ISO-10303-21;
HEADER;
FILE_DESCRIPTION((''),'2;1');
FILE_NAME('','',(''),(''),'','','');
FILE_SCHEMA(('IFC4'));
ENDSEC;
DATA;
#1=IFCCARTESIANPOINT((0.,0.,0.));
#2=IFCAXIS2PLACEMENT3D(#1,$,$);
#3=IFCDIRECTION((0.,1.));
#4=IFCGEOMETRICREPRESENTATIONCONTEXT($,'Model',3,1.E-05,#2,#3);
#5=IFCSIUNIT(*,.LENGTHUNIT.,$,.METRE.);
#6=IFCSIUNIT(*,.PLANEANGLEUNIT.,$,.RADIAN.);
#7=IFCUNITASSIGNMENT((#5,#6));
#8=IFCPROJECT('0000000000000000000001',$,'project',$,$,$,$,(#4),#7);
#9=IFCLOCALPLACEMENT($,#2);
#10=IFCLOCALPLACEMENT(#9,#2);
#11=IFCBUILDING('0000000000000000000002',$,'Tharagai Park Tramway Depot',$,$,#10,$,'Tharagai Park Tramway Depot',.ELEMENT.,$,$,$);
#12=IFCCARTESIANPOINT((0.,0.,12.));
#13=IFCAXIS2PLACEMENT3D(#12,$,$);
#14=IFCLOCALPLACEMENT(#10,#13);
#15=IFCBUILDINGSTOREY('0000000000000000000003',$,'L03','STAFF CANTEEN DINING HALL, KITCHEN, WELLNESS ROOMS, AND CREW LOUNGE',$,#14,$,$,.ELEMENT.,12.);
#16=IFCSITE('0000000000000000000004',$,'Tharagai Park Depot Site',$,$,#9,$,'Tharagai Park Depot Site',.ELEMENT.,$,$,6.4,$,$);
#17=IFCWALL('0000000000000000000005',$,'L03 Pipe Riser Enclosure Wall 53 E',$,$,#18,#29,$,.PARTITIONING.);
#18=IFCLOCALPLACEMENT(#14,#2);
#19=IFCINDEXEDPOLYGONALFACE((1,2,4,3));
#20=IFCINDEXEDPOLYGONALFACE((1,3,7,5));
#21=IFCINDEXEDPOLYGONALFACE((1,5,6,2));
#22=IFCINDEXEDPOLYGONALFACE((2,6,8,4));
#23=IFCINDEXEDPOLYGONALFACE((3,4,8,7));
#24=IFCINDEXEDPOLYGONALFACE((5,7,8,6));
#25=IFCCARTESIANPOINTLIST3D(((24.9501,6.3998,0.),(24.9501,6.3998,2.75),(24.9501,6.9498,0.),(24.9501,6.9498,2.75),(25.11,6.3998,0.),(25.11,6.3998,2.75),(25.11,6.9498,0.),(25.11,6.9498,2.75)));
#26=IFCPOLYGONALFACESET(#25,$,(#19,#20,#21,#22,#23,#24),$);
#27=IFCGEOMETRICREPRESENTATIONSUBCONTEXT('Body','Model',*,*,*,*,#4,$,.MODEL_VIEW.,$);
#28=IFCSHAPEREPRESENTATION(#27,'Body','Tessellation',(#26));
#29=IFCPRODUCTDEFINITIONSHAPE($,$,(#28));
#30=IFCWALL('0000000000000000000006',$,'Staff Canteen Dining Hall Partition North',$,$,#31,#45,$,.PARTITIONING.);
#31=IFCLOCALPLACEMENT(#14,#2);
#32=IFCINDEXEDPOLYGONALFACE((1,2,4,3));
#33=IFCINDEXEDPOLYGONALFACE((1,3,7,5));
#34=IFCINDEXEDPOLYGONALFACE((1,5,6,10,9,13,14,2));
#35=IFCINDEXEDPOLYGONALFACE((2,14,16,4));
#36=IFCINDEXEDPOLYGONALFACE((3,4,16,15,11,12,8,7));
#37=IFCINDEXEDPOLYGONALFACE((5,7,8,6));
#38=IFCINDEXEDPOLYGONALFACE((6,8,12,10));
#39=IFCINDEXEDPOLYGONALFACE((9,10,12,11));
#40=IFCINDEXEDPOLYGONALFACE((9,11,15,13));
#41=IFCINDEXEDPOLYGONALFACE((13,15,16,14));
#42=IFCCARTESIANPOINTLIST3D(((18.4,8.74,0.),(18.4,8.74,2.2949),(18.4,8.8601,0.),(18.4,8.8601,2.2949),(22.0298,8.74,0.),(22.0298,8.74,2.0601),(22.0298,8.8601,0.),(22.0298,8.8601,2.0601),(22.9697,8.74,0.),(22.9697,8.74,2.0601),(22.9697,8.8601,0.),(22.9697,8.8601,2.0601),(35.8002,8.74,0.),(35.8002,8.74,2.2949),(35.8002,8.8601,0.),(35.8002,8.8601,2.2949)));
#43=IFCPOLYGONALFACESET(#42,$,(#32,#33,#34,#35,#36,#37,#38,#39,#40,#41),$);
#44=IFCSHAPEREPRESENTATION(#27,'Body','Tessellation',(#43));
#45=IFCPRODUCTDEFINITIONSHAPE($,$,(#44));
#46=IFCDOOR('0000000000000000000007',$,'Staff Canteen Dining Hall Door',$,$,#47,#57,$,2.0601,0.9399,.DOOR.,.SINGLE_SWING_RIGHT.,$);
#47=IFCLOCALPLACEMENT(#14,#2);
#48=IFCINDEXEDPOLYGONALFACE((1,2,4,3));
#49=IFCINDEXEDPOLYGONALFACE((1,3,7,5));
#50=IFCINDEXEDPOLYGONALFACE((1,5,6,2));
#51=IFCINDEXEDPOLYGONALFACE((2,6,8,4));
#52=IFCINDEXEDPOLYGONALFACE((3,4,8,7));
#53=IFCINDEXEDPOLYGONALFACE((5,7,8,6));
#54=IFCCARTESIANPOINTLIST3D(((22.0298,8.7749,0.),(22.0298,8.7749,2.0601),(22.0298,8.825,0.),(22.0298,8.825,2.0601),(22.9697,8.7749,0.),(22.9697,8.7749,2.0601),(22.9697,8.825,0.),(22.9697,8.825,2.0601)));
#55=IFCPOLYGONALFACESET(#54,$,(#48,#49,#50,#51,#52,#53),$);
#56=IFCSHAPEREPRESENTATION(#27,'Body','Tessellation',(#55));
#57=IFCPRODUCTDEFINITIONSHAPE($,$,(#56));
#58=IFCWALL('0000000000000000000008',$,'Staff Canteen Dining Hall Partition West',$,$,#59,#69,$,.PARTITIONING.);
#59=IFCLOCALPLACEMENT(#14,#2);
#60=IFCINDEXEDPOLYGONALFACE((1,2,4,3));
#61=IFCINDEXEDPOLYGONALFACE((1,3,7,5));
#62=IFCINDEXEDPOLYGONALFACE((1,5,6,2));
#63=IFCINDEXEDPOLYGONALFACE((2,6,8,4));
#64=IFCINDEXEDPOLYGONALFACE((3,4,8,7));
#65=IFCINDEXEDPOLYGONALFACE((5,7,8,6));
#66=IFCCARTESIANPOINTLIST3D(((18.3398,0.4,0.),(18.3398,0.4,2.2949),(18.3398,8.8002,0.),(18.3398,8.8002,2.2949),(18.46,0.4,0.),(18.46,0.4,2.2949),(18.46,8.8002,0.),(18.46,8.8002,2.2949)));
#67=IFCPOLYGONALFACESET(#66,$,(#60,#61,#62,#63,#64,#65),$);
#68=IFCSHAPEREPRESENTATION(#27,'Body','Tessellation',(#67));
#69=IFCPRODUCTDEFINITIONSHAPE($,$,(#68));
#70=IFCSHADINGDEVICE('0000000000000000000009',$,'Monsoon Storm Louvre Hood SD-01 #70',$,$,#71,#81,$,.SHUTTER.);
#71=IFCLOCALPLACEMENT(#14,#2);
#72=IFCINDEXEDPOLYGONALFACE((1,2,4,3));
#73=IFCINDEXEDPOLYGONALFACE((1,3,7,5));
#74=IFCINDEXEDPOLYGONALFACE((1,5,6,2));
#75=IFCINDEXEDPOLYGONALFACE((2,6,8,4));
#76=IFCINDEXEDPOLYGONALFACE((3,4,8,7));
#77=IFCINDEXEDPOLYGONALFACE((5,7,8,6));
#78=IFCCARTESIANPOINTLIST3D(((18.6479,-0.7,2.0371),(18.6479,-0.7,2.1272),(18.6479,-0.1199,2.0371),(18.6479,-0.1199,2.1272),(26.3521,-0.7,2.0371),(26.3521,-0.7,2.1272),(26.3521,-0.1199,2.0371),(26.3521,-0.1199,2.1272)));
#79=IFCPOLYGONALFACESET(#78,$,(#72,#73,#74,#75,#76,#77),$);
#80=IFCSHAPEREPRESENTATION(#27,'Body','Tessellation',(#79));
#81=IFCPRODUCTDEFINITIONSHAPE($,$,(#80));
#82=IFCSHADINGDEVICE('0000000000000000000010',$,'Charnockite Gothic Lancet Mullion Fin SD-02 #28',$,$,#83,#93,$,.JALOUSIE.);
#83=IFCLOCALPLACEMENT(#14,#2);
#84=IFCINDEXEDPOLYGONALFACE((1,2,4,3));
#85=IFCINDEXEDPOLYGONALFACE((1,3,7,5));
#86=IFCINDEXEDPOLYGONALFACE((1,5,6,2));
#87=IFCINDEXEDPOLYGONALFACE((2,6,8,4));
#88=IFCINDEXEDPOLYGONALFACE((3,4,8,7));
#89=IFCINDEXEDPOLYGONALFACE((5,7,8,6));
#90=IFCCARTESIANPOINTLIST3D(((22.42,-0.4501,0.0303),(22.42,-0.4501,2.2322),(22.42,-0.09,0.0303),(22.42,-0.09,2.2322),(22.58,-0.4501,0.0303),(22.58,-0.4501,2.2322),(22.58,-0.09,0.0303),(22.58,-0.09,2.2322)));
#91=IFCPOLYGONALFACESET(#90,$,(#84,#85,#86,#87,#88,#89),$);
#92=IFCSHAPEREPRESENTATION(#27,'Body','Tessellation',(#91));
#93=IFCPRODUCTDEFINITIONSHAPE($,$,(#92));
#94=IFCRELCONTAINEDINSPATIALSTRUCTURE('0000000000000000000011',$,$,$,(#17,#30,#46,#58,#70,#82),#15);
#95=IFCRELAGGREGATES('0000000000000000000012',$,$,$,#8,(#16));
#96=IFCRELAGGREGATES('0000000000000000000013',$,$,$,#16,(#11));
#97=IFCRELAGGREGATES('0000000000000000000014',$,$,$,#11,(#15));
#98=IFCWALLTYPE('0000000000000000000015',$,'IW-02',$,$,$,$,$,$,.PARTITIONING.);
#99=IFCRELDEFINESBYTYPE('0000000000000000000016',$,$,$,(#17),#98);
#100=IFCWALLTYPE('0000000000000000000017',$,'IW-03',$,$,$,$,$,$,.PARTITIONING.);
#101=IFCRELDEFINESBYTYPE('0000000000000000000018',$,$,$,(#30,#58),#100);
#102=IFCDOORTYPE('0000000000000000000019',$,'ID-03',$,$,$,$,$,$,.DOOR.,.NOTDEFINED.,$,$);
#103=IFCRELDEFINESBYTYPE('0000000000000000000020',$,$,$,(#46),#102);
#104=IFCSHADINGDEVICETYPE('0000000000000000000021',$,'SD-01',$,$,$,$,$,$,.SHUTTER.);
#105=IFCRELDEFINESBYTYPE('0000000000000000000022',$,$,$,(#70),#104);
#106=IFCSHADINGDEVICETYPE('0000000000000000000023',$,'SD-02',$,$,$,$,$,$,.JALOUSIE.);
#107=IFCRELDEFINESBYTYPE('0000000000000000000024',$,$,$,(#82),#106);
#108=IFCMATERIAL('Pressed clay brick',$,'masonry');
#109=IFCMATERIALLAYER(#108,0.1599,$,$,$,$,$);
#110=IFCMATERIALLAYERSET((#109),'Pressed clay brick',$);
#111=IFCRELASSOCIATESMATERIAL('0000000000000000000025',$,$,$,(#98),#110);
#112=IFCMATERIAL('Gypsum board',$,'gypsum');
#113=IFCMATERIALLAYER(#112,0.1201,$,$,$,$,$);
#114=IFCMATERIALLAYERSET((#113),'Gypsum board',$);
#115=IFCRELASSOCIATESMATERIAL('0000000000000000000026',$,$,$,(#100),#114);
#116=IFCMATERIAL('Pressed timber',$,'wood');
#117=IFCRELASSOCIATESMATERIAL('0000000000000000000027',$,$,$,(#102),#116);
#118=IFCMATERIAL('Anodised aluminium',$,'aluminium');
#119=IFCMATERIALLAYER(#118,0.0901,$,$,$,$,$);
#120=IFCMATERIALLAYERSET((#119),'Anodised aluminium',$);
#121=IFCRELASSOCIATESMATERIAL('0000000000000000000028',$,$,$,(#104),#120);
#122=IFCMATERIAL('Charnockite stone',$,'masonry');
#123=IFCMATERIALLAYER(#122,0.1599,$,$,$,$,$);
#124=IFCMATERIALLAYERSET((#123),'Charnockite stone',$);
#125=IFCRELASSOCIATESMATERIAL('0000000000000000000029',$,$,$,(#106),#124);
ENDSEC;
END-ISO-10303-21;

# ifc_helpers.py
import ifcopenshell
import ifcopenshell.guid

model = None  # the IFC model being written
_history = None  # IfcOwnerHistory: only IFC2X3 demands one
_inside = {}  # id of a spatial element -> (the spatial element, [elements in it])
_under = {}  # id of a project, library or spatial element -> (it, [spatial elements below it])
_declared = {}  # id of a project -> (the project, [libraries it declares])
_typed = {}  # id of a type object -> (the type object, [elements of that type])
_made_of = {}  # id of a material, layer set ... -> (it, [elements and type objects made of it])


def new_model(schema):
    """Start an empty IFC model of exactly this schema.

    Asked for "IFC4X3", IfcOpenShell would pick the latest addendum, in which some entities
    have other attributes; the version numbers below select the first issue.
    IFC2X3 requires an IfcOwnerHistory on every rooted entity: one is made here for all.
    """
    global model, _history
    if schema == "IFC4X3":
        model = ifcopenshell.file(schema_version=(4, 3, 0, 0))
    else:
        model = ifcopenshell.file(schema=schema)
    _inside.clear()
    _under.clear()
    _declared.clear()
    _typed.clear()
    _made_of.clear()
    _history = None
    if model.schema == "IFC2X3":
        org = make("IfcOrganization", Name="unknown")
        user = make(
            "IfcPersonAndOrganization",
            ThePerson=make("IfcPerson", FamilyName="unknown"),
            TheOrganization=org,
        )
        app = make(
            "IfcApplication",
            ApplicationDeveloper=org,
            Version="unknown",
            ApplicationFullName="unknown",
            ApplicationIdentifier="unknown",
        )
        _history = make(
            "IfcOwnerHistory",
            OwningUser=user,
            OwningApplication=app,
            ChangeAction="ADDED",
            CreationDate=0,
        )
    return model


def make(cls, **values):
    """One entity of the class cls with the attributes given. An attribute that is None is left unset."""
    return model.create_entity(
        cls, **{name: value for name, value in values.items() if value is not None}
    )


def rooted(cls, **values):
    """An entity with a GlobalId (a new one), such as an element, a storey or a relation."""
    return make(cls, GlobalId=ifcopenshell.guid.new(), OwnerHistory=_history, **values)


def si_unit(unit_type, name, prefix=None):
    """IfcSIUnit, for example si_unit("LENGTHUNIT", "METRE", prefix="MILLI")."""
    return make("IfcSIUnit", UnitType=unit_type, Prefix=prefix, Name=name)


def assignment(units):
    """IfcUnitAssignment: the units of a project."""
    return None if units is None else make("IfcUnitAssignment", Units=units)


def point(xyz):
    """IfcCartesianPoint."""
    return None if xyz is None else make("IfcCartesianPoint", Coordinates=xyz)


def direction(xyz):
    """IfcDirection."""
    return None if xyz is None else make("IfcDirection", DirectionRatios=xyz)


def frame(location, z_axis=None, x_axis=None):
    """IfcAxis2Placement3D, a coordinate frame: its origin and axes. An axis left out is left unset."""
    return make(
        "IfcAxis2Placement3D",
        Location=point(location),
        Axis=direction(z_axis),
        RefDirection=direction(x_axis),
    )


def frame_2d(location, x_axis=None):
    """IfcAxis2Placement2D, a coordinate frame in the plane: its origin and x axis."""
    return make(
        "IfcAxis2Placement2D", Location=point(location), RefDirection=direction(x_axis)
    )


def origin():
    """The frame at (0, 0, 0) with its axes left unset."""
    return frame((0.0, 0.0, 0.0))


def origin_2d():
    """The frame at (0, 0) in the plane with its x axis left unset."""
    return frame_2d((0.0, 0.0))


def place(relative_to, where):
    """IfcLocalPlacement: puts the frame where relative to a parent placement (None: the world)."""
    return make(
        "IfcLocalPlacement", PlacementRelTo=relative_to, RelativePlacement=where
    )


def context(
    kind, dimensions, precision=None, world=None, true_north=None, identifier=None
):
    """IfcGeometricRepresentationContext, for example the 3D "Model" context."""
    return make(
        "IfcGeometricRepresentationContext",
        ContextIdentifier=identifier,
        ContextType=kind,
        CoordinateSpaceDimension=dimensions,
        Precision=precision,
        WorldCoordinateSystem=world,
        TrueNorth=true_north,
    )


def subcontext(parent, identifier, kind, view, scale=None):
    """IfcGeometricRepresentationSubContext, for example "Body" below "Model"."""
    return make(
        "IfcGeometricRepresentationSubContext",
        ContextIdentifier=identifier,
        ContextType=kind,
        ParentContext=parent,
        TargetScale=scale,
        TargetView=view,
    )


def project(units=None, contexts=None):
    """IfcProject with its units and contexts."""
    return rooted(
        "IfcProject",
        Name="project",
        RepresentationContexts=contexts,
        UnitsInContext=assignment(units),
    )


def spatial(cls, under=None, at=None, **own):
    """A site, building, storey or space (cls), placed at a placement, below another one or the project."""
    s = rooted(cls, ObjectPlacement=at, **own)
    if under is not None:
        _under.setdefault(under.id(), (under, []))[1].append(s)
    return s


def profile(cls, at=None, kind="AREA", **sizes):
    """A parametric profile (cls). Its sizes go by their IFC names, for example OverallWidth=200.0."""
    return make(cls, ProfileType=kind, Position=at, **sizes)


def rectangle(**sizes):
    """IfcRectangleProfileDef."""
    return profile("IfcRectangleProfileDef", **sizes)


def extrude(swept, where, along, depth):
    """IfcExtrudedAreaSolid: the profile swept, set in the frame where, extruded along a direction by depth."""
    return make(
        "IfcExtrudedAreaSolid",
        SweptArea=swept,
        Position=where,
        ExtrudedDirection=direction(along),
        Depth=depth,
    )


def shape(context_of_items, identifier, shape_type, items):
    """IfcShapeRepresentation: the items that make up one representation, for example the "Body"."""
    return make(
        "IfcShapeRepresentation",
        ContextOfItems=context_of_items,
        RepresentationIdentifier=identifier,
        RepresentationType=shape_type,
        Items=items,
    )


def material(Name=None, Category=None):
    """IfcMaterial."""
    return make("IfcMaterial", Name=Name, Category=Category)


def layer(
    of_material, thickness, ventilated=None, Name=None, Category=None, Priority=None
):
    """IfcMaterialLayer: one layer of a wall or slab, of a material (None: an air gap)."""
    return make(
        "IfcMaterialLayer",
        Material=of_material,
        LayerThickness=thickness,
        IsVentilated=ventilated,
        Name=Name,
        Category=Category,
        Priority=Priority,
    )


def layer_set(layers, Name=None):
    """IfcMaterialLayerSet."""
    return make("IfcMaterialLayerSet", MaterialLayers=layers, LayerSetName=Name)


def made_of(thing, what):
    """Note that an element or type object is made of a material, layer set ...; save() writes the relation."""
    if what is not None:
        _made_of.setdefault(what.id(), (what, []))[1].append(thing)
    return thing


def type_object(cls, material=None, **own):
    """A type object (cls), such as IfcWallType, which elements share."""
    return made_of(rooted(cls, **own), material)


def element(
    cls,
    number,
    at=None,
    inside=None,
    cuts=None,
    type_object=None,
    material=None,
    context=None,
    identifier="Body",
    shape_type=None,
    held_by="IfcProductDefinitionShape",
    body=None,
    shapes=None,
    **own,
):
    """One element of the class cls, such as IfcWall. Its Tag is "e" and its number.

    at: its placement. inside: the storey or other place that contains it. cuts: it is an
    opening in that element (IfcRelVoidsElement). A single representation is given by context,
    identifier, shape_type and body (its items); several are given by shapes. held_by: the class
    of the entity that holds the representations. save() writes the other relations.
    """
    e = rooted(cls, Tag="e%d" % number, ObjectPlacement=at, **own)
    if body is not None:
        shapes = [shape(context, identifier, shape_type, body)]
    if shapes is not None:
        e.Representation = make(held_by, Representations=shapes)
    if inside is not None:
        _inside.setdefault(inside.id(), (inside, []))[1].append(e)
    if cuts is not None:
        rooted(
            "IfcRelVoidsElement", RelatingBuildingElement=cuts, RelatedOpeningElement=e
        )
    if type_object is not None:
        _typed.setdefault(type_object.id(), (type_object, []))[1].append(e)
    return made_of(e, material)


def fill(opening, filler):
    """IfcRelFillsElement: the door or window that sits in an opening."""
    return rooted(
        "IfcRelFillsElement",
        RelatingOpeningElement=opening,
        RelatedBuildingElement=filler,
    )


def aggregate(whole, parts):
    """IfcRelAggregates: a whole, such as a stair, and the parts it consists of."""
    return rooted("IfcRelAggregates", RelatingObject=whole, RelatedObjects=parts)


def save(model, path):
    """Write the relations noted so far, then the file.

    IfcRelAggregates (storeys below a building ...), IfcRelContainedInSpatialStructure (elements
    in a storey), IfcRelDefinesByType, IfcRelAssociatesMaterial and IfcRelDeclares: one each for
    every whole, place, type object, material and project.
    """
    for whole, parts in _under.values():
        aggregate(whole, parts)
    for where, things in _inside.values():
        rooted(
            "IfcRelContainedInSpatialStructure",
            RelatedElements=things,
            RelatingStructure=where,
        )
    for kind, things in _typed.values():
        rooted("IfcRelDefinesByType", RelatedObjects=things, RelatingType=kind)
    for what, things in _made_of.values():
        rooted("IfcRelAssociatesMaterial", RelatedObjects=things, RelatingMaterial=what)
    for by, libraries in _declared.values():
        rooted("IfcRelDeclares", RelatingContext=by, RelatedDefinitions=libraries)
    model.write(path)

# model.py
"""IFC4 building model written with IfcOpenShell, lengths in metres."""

from ifc_helpers import new_model, si_unit, direction, frame, frame_2d, origin, origin_2d, place, context, subcontext, project, spatial, rectangle, extrude, material, layer, layer_set, type_object, element, fill, save


model = new_model("IFC4")

# Units and contexts
model_context = context("Model", 3, precision=1e-05, world=origin(), true_north=direction((0.0, 1.0)))
body_context = subcontext(model_context, "Body", "Model", "MODEL_VIEW")
ifc_project = project(units=[si_unit("LENGTHUNIT", "METRE"), si_unit("PLANEANGLEUNIT", "RADIAN")], contexts=[model_context])

# Site, building, storey
site_placement = place(None, origin())
site = spatial("IfcSite", under=ifc_project, at=site_placement, Name="Tharagai Park Depot Site", LongName="Tharagai Park Depot Site", CompositionType="ELEMENT", RefElevation=6.4)
building_placement = place(site_placement, origin())
building = spatial("IfcBuilding", under=site, at=building_placement, Name="Tharagai Park Tramway Depot", LongName="Tharagai Park Tramway Depot", CompositionType="ELEMENT")
storey_placement = place(building_placement, frame((0.0, 0.0, 12.0)))
storey = spatial("IfcBuildingStorey", under=building, at=storey_placement, Name="L03", Description="STAFF CANTEEN DINING HALL, KITCHEN, WELLNESS ROOMS, AND CREW LOUNGE", CompositionType="ELEMENT", Elevation=12.0)

# Shared definitions
ifc_material_1 = material(Name="Anodised aluminium", Category="aluminium")

# Wall
ifc_material_2 = material(Name="Pressed clay brick", Category="masonry")
ifc_layer_1 = layer(ifc_material_2, 0.1599)
ifc_layer_set_1 = layer_set([ifc_layer_1], Name="Pressed clay brick")
wall_type_1 = type_object("IfcWallType", Name="IW-02", PredefinedType="PARTITIONING", material=ifc_layer_set_1)
for number, where, z_axis, x_axis, name in (
    (1, (25.03, 6.3999, 0.0), (0.0, 0.0, 1.0), (0.0, 1.0, 0.0), "L03 Pipe Riser Enclosure Wall 53 E"),
):
    element("IfcWall", number, at=place(storey_placement, frame(where, z_axis=z_axis, x_axis=x_axis)), inside=storey, type_object=wall_type_1, Name=name, PredefinedType="PARTITIONING", context=body_context, shape_type="SweptSolid", body=[
        extrude(rectangle(XDim=0.55, YDim=0.1599, at=frame_2d((0.2749, 0.0))), origin(), (0.0, 0.0, 1.0), 2.75),
    ])

# Wall, opening, door
ifc_material_3 = material(Name="Gypsum board", Category="gypsum")
ifc_layer_2 = layer(ifc_material_3, 0.1201)
ifc_layer_set_2 = layer_set([ifc_layer_2], Name="Gypsum board")
wall_type_2 = type_object("IfcWallType", Name="IW-03", PredefinedType="PARTITIONING", material=ifc_layer_set_2)
wall_1_placement = place(storey_placement, frame((18.3999, 8.8, 0.0), z_axis=(0.0, 0.0, 1.0), x_axis=(1.0, 0.0, 0.0)))
wall_1 = element("IfcWall", 2, at=wall_1_placement, inside=storey, type_object=wall_type_2, Name="Staff Canteen Dining Hall Partition North", PredefinedType="PARTITIONING", context=body_context, shape_type="SweptSolid", body=[
    extrude(rectangle(XDim=17.4001, YDim=0.1201, at=frame_2d((8.7002, 0.0))), origin(), (0.0, 0.0, 1.0), 2.2949),
])
opening_placement = place(wall_1_placement, frame((3.6299, 0.0, 0.0)))
opening = element("IfcOpeningElement", 3, at=opening_placement, cuts=wall_1, PredefinedType="OPENING", context=body_context, shape_type="SweptSolid", body=[
    extrude(rectangle(XDim=0.9399, YDim=2.0601, at=frame_2d((0.47, 1.03))), frame((0.0, 0.0701, 0.0), z_axis=(0.0, -1.0, 0.0), x_axis=(1.0, 0.0, 0.0)), (0.0, 0.0, 1.0), 0.1401),
])
ifc_material_4 = material(Name="Pressed timber", Category="wood")
door_type = type_object("IfcDoorType", Name="ID-03", OperationType="NOTDEFINED", PredefinedType="DOOR", material=ifc_material_4)
door_placement = place(opening_placement, origin())
door = element("IfcDoor", 4, at=door_placement, inside=storey, type_object=door_type, Name="Staff Canteen Dining Hall Door", OperationType="SINGLE_SWING_RIGHT", OverallHeight=2.0601, OverallWidth=0.9399, PredefinedType="DOOR", context=body_context, shape_type="SweptSolid", body=[
    extrude(rectangle(XDim=0.9399, YDim=2.0601, at=frame_2d((0.47, 1.03))), frame((0.0, 0.0249, 0.0), z_axis=(0.0, -1.0, 0.0), x_axis=(1.0, 0.0, 0.0)), (0.0, 0.0, 1.0), 0.05),
])
fill(opening, door)

# Wall
wall_2_placement = place(storey_placement, frame((18.3999, 0.3999, 0.0), z_axis=(0.0, 0.0, 1.0), x_axis=(0.0, 1.0, 0.0)))
element("IfcWall", 5, at=wall_2_placement, inside=storey, type_object=wall_type_2, Name="Staff Canteen Dining Hall Partition West", PredefinedType="PARTITIONING", context=body_context, shape_type="SweptSolid", body=[
    extrude(rectangle(XDim=8.4001, YDim=0.1201, at=frame_2d((4.2002, 0.0))), origin(), (0.0, 0.0, 1.0), 2.2949),
])

# Shading devices
ifc_layer_3 = layer(ifc_material_1, 0.0901)
ifc_layer_set_3 = layer_set([ifc_layer_3], Name="Anodised aluminium")
shading_device_type_1 = type_object("IfcShadingDeviceType", Name="SD-01", PredefinedType="SHUTTER", material=ifc_layer_set_3)
shading_device_1_placement = place(storey_placement, frame((22.5, -0.4099, 2.0371), z_axis=(0.0, 0.0, 1.0), x_axis=(1.0, 0.0, 0.0)))
element("IfcShadingDevice", 6, at=shading_device_1_placement, inside=storey, type_object=shading_device_type_1, Name="Monsoon Storm Louvre Hood SD-01 #70", PredefinedType="SHUTTER", context=body_context, shape_type="SweptSolid", body=[
    extrude(rectangle(XDim=7.7041, YDim=0.5801, at=origin_2d()), origin(), (0.0, 0.0, 1.0), 0.0901),
])
ifc_material_5 = material(Name="Charnockite stone", Category="masonry")
ifc_layer_4 = layer(ifc_material_5, 0.1599)
ifc_layer_set_4 = layer_set([ifc_layer_4], Name="Charnockite stone")
shading_device_type_2 = type_object("IfcShadingDeviceType", Name="SD-02", PredefinedType="JALOUSIE", material=ifc_layer_set_4)
shading_device_2_placement = place(storey_placement, frame((22.5, -0.27, 0.0303), z_axis=(0.0, 0.0, 1.0), x_axis=(1.0, 0.0, 0.0)))
element("IfcShadingDevice", 7, at=shading_device_2_placement, inside=storey, type_object=shading_device_type_2, Name="Charnockite Gothic Lancet Mullion Fin SD-02 #28", PredefinedType="JALOUSIE", context=body_context, shape_type="SweptSolid", body=[
    extrude(rectangle(XDim=0.1599, YDim=0.3601, at=origin_2d()), origin(), (0.0, 0.0, 1.0), 2.2019),
])

save(model, "model.ifc")
